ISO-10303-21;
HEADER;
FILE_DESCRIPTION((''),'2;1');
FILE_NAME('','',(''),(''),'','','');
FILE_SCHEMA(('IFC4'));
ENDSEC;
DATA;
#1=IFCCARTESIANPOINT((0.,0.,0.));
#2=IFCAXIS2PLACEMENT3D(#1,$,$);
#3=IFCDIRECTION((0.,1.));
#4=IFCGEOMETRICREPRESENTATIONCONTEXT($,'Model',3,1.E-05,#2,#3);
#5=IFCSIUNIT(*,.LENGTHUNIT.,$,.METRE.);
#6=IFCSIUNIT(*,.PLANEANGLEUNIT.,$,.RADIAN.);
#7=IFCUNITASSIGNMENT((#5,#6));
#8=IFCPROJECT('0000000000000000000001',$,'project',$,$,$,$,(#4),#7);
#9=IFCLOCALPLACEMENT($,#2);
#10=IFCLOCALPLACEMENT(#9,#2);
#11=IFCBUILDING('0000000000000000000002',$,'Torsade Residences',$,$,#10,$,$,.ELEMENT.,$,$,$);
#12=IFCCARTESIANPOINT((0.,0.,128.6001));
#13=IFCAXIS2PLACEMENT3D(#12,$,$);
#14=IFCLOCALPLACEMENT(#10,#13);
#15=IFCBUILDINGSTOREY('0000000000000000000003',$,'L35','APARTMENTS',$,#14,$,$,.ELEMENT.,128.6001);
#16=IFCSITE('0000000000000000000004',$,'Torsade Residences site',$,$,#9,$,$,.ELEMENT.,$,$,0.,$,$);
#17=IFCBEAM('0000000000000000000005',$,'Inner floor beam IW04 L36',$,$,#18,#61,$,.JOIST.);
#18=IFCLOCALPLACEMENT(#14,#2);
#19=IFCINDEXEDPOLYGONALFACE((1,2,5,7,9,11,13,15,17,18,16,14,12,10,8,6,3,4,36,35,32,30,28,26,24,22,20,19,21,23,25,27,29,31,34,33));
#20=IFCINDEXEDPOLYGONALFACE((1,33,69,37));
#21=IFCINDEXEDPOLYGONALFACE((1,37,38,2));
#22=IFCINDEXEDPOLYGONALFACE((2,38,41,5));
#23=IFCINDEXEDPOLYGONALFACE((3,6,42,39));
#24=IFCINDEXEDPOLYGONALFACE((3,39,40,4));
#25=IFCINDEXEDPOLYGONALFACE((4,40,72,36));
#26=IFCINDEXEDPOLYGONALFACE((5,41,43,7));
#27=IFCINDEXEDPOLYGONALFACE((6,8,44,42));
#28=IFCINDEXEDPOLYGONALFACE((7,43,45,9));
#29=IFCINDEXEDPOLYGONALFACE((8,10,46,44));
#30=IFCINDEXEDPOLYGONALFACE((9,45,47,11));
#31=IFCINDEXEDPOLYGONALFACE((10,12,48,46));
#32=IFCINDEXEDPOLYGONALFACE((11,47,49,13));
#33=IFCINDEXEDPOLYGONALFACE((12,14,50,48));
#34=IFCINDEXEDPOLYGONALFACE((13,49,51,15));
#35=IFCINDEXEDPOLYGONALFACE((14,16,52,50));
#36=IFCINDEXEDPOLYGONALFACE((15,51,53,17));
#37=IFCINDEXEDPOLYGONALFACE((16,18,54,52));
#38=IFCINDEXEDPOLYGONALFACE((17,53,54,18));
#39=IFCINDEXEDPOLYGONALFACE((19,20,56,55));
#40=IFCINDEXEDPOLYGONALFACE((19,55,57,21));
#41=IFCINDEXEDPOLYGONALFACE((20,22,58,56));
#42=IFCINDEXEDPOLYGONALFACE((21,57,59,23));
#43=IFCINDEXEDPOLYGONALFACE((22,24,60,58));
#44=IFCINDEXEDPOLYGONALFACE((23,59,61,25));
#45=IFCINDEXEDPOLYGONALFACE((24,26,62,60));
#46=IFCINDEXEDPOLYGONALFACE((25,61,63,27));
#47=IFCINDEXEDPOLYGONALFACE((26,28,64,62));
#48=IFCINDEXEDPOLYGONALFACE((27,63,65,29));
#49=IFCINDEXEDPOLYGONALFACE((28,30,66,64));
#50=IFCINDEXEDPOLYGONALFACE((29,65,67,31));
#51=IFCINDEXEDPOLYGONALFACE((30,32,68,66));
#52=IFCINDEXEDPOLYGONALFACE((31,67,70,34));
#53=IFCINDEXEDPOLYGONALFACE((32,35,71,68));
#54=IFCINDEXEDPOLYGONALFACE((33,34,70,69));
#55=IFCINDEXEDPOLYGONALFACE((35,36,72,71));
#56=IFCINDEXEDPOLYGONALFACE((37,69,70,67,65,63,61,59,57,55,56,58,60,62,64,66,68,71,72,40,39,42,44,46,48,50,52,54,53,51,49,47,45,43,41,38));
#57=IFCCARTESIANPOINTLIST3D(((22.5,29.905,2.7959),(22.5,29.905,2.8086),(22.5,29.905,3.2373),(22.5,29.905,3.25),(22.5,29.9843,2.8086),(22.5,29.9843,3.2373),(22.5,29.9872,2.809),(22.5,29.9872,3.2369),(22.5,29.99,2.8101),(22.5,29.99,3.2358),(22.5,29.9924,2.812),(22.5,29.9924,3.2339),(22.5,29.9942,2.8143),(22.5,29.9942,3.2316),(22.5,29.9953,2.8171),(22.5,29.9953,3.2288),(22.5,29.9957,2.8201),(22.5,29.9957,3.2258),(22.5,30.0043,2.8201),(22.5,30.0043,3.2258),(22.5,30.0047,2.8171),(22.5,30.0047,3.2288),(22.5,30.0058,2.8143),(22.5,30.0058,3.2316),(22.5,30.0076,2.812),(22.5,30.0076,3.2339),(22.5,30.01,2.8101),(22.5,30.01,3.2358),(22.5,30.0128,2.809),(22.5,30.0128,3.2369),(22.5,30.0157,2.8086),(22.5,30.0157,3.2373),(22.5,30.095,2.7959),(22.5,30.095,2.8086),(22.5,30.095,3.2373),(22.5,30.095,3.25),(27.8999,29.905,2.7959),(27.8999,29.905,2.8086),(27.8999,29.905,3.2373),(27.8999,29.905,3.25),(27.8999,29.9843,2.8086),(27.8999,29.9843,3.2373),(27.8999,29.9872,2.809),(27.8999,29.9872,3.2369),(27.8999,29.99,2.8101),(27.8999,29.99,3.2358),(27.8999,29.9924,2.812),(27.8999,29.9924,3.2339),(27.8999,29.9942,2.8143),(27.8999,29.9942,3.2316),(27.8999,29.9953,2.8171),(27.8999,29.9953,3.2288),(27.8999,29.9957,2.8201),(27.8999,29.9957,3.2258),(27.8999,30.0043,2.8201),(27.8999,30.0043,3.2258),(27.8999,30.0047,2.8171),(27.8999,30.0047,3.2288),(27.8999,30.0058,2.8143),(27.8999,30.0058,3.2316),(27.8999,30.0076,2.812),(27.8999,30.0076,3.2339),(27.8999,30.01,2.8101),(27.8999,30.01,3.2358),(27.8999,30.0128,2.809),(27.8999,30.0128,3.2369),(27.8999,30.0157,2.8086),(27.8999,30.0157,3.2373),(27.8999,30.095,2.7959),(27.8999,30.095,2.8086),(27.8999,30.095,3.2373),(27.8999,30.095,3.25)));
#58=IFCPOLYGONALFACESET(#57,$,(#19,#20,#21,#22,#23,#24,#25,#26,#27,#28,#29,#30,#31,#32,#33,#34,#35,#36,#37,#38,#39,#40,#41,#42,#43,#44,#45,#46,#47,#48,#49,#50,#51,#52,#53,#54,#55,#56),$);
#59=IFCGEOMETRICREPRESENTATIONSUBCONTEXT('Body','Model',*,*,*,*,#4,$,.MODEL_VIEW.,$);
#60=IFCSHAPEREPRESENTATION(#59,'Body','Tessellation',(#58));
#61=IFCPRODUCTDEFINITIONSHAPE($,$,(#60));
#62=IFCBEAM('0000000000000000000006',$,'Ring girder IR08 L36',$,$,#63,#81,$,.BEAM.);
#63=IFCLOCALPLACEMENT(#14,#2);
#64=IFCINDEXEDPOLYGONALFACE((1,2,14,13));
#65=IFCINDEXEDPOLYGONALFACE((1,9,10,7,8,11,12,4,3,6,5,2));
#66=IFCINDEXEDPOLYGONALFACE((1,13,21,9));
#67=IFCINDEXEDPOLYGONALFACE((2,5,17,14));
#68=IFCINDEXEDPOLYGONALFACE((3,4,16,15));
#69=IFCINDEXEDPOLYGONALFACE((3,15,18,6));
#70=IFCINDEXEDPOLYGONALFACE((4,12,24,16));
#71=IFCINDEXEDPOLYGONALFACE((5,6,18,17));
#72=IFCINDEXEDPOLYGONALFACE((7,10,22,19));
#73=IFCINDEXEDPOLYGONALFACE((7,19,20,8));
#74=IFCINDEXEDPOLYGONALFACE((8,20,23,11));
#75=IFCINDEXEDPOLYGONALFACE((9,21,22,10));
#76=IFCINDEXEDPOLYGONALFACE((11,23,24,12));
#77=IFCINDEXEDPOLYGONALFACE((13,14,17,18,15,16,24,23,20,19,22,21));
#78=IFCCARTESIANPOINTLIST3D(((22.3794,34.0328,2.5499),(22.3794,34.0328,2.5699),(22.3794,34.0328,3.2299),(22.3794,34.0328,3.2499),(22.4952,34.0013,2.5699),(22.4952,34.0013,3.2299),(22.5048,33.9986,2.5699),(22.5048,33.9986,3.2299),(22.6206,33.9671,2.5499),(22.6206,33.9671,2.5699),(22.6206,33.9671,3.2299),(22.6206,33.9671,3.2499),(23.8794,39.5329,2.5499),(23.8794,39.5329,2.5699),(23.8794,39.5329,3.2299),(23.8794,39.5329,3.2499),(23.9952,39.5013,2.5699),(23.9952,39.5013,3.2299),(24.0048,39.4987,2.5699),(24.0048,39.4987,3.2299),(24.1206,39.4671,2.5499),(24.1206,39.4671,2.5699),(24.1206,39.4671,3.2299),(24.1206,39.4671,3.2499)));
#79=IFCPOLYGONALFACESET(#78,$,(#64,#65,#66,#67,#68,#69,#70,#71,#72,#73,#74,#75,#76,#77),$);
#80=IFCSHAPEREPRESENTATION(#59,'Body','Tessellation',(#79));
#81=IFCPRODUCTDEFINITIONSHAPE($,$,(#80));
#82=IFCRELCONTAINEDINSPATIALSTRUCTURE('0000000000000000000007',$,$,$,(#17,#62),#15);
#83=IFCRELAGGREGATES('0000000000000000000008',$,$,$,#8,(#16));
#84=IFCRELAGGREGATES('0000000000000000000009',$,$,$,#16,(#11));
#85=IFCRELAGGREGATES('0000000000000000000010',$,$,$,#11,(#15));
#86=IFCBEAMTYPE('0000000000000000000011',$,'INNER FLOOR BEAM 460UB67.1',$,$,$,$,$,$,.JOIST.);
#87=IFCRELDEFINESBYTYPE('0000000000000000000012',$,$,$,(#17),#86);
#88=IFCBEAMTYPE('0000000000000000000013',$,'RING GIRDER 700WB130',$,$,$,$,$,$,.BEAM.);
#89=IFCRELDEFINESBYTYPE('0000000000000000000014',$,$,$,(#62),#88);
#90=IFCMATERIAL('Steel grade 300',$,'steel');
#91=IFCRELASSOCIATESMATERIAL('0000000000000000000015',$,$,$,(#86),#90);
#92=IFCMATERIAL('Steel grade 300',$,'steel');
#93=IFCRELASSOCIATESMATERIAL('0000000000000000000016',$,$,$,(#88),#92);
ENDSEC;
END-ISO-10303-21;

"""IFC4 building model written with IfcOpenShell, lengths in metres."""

from ifc_helpers import new_model, si_unit, direction, frame, origin, origin_2d, place, context, subcontext, project, spatial, i_section, extrude, material, material_profile, profile_set, type_object, element, save


model = new_model("IFC4")

# Units and contexts
model_context = context("Model", 3, precision=1e-05, world=origin(), true_north=direction((0.0, 1.0)))
body_context = subcontext(model_context, "Body", "Model", "MODEL_VIEW")
ifc_project = project(units=[si_unit("LENGTHUNIT", "METRE"), si_unit("PLANEANGLEUNIT", "RADIAN")], contexts=[model_context])

# Site, building, storey
site_placement = place(None, origin())
site = spatial("IfcSite", under=ifc_project, at=site_placement, Name="Torsade Residences site", CompositionType="ELEMENT", RefElevation=0.0)
building_placement = place(site_placement, origin())
building = spatial("IfcBuilding", under=site, at=building_placement, Name="Torsade Residences", CompositionType="ELEMENT")
storey_placement = place(building_placement, frame((0.0, 0.0, 128.6001)))
storey = spatial("IfcBuildingStorey", under=building, at=storey_placement, Name="L35", Description="APARTMENTS", CompositionType="ELEMENT", Elevation=128.6001)

# Beams
ifc_material_1 = material(Name="Steel grade 300", Category="steel")
ifc_material_profile_1 = material_profile(ifc_material_1, i_section(OverallWidth=0.1899, OverallDepth=0.4541, WebThickness=0.0085, FlangeThickness=0.0127, FilletRadius=0.0115, at=origin_2d()), Name="460UB67.1")
ifc_profile_set_1 = profile_set([ifc_material_profile_1], Name="Steel grade 300")
beam_type_1 = type_object("IfcBeamType", Name="INNER FLOOR BEAM 460UB67.1", PredefinedType="JOIST", material=ifc_profile_set_1)
for number, where, z_axis, x_axis, name in (
    (1, (27.8999, 30.0, 3.0229), (-1.0, 0.0, 0.0), (0.0, -1.0, 0.0), "Inner floor beam IW04 L36"),
):
    element("IfcBeam", number, at=place(storey_placement, frame(where, z_axis=z_axis, x_axis=x_axis)), inside=storey, type_object=beam_type_1, Name=name, PredefinedType="JOIST", context=body_context, shape_type="SweptSolid", body=[
        extrude(i_section(OverallWidth=0.1899, OverallDepth=0.4541, WebThickness=0.0085, FlangeThickness=0.0127, FilletRadius=0.0115, at=origin_2d()), origin(), (0.0, 0.0, 1.0), 5.3999),
    ])
ifc_material_2 = material(Name="Steel grade 300", Category="steel")
ifc_material_profile_2 = material_profile(ifc_material_2, i_section(OverallWidth=0.25, OverallDepth=0.7, WebThickness=0.01, FlangeThickness=0.02, at=origin_2d()), Name="700WB130")
ifc_profile_set_2 = profile_set([ifc_material_profile_2], Name="Steel grade 300")
beam_type_2 = type_object("IfcBeamType", Name="RING GIRDER 700WB130", PredefinedType="BEAM", material=ifc_profile_set_2)
beam_1_placement = place(storey_placement, frame((24.0, 39.5, 2.8999), z_axis=(-0.263117, -0.964764, 0.0), x_axis=(0.964764, -0.263117, 0.0)))
element("IfcBeam", 2, at=beam_1_placement, inside=storey, type_object=beam_type_2, Name="Ring girder IR08 L36", PredefinedType="BEAM", context=body_context, shape_type="SweptSolid", body=[
    extrude(i_section(OverallWidth=0.25, OverallDepth=0.7, WebThickness=0.01, FlangeThickness=0.02, at=origin_2d()), origin(), (0.0, 0.0, 1.0), 5.7009),
])

save(model, "model.ifc")
